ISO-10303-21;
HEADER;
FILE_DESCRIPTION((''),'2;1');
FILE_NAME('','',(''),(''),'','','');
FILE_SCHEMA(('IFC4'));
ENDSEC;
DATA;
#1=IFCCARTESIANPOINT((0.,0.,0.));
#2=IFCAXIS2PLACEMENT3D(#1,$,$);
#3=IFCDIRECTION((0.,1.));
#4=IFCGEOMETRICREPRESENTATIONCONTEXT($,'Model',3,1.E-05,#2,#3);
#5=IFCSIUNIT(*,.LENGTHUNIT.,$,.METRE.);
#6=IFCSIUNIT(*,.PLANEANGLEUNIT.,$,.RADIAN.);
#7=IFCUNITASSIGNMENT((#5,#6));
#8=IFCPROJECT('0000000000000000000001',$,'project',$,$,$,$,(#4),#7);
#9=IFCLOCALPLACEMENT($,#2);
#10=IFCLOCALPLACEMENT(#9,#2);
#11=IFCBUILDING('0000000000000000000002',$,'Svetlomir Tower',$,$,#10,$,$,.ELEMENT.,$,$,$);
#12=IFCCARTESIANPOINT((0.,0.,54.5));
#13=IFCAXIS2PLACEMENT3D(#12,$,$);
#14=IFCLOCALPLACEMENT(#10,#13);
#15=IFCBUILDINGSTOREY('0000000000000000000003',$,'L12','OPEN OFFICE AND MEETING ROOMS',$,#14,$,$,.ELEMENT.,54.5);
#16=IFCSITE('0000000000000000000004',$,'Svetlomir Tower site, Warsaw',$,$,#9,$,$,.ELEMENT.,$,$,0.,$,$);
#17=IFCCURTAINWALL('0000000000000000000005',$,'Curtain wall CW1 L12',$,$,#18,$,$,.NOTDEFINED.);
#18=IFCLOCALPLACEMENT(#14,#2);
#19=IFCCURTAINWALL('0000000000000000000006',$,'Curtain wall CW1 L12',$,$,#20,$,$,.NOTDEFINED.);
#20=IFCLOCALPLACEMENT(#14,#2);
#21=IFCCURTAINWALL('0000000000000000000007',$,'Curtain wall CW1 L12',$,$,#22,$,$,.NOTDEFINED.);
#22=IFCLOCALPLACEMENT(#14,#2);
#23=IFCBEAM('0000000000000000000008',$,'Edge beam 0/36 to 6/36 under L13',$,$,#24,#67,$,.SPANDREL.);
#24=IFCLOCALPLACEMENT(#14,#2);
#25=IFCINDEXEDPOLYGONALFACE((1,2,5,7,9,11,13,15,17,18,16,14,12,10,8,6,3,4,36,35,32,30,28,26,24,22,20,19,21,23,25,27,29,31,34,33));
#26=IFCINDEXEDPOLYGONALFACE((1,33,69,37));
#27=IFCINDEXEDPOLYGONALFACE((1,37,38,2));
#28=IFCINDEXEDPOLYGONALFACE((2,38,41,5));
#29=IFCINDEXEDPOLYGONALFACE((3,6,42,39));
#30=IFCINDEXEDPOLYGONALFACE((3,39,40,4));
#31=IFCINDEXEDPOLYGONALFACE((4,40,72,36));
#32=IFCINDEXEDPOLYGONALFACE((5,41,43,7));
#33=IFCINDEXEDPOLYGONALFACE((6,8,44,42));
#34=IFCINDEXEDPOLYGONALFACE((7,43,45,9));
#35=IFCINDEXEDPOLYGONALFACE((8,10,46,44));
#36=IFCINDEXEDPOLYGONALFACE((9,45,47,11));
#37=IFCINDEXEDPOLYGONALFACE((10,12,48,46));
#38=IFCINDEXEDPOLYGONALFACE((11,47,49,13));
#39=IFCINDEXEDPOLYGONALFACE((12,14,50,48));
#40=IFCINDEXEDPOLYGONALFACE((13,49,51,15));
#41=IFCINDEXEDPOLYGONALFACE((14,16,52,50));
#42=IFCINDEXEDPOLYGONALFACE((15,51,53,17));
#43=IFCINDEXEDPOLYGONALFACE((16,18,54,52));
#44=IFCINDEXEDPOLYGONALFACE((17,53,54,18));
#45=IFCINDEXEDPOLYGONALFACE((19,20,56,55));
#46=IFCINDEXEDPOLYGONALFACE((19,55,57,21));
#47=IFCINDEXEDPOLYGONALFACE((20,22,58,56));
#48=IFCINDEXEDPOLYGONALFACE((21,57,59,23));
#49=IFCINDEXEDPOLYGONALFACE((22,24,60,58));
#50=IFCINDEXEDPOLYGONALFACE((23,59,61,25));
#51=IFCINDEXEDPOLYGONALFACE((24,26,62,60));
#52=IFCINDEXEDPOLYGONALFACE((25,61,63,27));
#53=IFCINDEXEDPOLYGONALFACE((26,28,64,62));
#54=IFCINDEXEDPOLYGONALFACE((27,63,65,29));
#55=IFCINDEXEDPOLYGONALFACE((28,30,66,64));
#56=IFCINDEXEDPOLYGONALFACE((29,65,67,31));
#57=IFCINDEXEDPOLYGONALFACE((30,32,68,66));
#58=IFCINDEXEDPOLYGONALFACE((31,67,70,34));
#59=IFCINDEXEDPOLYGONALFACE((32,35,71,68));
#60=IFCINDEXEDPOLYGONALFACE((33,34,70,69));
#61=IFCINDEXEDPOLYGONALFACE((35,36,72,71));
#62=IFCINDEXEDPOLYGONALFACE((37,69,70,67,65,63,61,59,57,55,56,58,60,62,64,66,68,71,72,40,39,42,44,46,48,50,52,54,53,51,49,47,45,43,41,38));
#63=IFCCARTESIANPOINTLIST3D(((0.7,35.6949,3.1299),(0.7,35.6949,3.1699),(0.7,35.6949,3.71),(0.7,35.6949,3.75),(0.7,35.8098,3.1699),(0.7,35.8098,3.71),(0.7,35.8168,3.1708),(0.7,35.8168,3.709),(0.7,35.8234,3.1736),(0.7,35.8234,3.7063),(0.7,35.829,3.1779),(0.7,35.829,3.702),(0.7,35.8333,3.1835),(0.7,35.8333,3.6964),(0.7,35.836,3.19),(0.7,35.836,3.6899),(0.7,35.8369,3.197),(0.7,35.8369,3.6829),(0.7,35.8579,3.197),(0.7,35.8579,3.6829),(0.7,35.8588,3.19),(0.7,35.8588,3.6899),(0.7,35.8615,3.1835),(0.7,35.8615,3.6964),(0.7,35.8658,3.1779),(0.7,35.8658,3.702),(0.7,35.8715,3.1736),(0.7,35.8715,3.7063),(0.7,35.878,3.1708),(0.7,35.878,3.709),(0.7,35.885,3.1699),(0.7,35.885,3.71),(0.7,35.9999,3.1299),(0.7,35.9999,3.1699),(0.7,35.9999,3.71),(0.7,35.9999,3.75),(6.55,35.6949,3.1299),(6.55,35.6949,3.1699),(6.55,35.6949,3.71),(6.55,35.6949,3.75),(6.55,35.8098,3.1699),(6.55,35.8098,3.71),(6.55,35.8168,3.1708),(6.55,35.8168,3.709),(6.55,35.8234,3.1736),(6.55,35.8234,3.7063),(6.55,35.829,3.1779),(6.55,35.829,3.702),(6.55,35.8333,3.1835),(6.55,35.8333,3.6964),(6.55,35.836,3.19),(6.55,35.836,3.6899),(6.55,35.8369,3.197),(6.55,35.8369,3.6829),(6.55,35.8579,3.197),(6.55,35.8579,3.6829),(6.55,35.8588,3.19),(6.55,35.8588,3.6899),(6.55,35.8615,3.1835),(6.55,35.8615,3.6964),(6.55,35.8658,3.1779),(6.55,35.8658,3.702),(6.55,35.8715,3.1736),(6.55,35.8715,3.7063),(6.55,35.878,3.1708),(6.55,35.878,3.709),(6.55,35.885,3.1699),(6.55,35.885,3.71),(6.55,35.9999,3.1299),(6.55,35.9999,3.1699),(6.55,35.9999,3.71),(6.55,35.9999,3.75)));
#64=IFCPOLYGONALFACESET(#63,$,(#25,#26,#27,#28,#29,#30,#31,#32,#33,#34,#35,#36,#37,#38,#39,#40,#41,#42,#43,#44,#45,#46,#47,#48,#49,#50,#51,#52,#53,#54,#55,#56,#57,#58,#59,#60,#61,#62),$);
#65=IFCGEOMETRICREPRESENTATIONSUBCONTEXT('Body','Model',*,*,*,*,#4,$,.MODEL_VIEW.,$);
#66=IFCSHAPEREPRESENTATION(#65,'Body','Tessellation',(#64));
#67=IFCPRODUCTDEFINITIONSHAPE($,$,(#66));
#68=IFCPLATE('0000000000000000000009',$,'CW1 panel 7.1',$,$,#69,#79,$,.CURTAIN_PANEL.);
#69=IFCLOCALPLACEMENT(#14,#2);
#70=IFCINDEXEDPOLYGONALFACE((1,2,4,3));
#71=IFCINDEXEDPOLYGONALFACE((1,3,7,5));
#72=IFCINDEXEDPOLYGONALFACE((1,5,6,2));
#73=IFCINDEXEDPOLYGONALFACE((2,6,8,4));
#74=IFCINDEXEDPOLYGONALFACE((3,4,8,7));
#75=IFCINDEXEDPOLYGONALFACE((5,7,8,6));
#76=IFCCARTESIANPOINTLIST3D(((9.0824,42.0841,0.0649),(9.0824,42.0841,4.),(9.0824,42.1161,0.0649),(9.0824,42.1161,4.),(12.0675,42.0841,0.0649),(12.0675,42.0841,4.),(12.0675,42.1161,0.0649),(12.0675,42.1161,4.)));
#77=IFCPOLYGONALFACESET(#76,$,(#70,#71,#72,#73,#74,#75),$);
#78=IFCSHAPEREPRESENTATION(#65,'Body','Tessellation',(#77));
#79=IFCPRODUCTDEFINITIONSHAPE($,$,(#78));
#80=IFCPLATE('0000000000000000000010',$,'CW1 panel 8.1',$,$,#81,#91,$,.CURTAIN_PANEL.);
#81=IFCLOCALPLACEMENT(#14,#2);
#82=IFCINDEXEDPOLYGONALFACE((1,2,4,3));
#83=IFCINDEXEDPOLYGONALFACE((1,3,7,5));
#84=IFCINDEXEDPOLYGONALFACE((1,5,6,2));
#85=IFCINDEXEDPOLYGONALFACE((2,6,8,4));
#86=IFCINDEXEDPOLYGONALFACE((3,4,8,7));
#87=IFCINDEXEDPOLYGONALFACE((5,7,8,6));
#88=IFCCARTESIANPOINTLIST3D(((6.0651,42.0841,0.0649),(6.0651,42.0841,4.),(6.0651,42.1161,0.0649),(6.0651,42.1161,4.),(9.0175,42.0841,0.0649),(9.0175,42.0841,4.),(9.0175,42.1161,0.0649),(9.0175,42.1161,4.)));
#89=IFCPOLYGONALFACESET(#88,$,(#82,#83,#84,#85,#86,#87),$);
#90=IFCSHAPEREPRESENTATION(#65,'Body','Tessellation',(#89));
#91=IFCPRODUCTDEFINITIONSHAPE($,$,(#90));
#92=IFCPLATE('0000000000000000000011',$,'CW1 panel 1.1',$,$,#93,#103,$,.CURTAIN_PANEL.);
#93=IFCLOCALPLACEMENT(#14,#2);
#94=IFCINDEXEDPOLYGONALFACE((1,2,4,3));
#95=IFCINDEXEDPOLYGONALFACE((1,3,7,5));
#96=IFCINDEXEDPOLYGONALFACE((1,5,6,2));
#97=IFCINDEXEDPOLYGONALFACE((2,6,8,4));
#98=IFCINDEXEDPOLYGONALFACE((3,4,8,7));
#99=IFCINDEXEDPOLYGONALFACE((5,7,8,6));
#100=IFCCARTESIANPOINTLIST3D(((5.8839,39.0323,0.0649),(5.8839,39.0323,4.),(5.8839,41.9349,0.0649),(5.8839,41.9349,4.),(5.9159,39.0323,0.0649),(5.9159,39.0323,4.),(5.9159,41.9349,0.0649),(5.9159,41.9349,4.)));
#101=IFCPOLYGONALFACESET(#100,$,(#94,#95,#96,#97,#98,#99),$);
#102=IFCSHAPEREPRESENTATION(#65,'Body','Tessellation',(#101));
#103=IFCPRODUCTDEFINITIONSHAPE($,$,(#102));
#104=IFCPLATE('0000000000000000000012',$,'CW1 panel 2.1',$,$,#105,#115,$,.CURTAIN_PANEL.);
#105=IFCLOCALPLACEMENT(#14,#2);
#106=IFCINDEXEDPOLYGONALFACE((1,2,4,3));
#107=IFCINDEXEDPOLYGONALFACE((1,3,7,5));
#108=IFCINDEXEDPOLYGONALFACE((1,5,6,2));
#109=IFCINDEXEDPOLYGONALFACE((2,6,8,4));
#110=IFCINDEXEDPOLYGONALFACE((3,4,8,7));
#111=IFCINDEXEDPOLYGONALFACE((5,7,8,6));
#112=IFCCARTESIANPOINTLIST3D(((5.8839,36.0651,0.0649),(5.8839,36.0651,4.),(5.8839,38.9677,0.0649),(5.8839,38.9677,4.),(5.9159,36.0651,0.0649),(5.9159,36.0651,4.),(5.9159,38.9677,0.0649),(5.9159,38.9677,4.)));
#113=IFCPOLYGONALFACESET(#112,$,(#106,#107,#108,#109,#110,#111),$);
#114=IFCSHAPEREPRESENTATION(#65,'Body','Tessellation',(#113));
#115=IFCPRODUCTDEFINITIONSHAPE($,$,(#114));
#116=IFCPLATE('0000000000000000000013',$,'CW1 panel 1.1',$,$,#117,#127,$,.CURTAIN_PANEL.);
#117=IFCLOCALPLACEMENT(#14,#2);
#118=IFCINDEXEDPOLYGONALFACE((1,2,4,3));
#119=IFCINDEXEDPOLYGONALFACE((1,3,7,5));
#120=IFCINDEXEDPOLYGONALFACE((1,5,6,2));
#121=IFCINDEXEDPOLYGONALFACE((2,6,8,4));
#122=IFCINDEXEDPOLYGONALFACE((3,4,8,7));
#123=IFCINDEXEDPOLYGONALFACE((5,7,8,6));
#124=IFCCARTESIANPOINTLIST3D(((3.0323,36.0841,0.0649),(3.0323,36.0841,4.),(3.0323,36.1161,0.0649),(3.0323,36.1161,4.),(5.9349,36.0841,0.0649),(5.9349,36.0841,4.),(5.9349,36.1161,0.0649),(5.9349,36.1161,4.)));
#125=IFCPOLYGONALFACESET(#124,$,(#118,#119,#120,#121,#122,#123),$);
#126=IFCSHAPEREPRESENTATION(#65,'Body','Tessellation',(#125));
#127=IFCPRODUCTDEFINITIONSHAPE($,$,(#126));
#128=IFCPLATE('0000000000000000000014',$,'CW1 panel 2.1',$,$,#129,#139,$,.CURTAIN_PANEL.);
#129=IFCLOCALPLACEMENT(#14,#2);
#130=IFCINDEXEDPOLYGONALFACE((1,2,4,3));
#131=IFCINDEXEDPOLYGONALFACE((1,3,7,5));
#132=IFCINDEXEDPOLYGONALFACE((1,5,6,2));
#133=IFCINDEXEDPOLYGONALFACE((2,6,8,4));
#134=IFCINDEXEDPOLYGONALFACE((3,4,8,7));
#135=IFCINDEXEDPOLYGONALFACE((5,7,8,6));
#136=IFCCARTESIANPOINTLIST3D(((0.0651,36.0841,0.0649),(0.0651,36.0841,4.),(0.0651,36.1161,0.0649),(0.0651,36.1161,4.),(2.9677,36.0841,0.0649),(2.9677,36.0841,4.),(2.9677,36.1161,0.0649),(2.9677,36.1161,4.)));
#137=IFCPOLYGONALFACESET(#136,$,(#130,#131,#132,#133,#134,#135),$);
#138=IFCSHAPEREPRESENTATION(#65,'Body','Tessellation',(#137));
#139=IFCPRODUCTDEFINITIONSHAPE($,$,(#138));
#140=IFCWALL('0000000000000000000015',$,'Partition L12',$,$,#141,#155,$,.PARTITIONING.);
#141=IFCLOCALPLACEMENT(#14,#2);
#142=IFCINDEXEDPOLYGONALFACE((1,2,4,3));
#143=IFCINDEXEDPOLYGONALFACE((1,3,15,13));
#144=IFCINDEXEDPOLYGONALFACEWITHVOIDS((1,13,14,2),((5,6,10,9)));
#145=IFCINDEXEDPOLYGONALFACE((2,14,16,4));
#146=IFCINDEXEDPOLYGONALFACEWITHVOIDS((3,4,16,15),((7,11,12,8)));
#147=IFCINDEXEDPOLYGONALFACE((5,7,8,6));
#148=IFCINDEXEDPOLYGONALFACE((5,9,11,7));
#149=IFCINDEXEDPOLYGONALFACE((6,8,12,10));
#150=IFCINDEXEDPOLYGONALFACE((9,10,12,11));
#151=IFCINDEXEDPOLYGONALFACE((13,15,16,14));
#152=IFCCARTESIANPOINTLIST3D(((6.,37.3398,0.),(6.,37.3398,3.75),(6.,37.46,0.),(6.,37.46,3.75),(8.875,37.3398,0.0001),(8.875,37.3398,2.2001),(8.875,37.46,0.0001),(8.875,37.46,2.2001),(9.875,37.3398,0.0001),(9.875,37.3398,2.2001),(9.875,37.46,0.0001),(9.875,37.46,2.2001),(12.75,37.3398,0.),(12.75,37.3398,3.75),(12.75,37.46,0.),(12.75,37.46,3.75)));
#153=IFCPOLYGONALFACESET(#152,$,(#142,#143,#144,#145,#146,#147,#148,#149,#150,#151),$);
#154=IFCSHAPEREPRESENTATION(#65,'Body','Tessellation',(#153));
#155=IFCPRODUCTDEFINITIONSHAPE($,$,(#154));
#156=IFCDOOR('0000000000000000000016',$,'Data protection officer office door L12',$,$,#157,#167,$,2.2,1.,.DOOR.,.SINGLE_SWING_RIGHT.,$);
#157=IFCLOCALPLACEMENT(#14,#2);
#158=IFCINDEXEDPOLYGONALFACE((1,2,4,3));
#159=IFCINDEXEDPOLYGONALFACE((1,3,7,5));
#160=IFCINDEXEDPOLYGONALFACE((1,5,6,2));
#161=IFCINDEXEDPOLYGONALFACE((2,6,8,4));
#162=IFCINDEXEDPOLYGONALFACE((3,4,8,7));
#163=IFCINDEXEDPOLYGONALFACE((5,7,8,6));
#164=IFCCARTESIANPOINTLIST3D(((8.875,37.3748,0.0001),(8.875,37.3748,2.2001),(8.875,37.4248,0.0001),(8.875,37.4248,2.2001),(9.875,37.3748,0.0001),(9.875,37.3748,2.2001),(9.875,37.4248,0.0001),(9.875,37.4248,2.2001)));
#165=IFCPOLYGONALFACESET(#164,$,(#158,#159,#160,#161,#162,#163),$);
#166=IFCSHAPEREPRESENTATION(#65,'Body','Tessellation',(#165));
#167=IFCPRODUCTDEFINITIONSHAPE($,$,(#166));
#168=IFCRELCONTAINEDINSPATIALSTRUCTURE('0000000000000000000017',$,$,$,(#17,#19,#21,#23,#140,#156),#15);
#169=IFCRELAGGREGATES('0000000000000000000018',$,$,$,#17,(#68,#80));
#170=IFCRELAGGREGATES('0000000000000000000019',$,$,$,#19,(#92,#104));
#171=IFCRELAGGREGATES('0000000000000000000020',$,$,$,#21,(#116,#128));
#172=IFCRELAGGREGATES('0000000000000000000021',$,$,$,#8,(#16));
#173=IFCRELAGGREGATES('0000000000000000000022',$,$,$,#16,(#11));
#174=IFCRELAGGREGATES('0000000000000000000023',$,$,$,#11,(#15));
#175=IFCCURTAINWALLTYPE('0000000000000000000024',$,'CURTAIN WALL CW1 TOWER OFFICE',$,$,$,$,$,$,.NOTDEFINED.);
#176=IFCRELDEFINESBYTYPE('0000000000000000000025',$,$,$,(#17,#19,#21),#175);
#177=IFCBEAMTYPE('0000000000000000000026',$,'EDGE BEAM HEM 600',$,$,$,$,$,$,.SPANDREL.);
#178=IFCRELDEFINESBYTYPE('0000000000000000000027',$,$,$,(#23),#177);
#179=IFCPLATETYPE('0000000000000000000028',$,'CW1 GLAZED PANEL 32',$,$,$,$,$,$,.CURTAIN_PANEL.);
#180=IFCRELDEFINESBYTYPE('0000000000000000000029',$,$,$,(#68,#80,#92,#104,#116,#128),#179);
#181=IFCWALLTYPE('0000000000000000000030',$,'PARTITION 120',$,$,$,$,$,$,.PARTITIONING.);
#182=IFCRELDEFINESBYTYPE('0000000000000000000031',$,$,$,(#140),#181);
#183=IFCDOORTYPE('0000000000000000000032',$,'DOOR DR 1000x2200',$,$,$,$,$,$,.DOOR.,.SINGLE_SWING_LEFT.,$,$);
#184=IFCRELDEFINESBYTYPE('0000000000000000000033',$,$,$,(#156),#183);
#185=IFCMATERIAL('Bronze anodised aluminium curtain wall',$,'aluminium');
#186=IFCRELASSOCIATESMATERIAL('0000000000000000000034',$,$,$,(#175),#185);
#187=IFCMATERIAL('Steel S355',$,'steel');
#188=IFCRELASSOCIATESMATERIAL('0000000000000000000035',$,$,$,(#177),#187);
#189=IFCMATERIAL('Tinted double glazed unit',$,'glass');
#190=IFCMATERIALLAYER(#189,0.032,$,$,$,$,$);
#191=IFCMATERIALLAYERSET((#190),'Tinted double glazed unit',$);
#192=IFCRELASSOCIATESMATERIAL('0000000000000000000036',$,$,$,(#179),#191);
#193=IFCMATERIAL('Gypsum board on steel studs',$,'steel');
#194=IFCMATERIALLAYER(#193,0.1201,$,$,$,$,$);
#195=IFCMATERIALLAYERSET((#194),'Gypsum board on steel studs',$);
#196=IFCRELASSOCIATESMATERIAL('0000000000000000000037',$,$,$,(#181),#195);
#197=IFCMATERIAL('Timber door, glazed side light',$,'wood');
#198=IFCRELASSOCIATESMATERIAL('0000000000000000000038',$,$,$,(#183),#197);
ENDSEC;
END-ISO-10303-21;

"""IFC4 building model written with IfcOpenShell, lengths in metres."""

from ifc_helpers import new_model, si_unit, direction, frame, frame_2d, origin, origin_2d, place, context, subcontext, project, spatial, rectangle, i_section, extrude, material, layer, layer_set, material_profile, profile_set, type_object, element, fill, aggregate, save


model = new_model("IFC4")

# Units and contexts
model_context = context("Model", 3, precision=1e-05, world=origin(), true_north=direction((0.0, 1.0)))
body_context = subcontext(model_context, "Body", "Model", "MODEL_VIEW")
ifc_project = project(units=[si_unit("LENGTHUNIT", "METRE"), si_unit("PLANEANGLEUNIT", "RADIAN")], contexts=[model_context])

# Site, building, storey
site_placement = place(None, origin())
site = spatial("IfcSite", under=ifc_project, at=site_placement, Name="Svetlomir Tower site, Warsaw", CompositionType="ELEMENT", RefElevation=0.0)
building_placement = place(site_placement, origin())
building = spatial("IfcBuilding", under=site, at=building_placement, Name="Svetlomir Tower", CompositionType="ELEMENT")
storey_placement = place(building_placement, frame((0.0, 0.0, 54.5)))
storey = spatial("IfcBuildingStorey", under=building, at=storey_placement, Name="L12", Description="OPEN OFFICE AND MEETING ROOMS", CompositionType="ELEMENT", Elevation=54.5)

# Curtain walls
ifc_material_1 = material(Name="Bronze anodised aluminium curtain wall", Category="aluminium")
curtain_wall_type = type_object("IfcCurtainWallType", Name="CURTAIN WALL CW1 TOWER OFFICE", PredefinedType="NOTDEFINED", material=ifc_material_1)
curtain_wall_1_placement = place(storey_placement, origin())
curtain_wall_1 = element("IfcCurtainWall", 1, at=curtain_wall_1_placement, inside=storey, type_object=curtain_wall_type, Name="Curtain wall CW1 L12", PredefinedType="NOTDEFINED")
curtain_wall_2_placement = place(storey_placement, origin())
curtain_wall_2 = element("IfcCurtainWall", 2, at=curtain_wall_2_placement, inside=storey, type_object=curtain_wall_type, Name="Curtain wall CW1 L12", PredefinedType="NOTDEFINED")
curtain_wall_3_placement = place(storey_placement, origin())
curtain_wall_3 = element("IfcCurtainWall", 3, at=curtain_wall_3_placement, inside=storey, type_object=curtain_wall_type, Name="Curtain wall CW1 L12", PredefinedType="NOTDEFINED")

# Beam
ifc_material_2 = material(Name="Steel S355", Category="steel")
ifc_material_profile_1 = material_profile(ifc_material_2, i_section(OverallWidth=0.3049, OverallDepth=0.6201, WebThickness=0.021, FlangeThickness=0.04, FilletRadius=0.0271, at=origin_2d()), Name="HEM 600")
ifc_profile_set_1 = profile_set([ifc_material_profile_1], Name="Steel S355")
beam_type = type_object("IfcBeamType", Name="EDGE BEAM HEM 600", PredefinedType="SPANDREL", material=ifc_profile_set_1)
for number, where, z_axis, x_axis, name in (
    (4, (0.7, 35.8474, 3.4399), (1.0, 0.0, 0.0), (0.0, 1.0, 0.0), "Edge beam 0/36 to 6/36 under L13"),
):
    element("IfcBeam", number, at=place(storey_placement, frame(where, z_axis=z_axis, x_axis=x_axis)), inside=storey, type_object=beam_type, Name=name, PredefinedType="SPANDREL", context=body_context, shape_type="SweptSolid", body=[
        extrude(i_section(OverallWidth=0.3049, OverallDepth=0.6201, WebThickness=0.021, FlangeThickness=0.04, FilletRadius=0.0271, at=origin_2d()), origin(), (0.0, 0.0, 1.0), 5.8501),
    ])

# Plates
ifc_material_3 = material(Name="Tinted double glazed unit", Category="glass")
ifc_layer_1 = layer(ifc_material_3, 0.032)
ifc_layer_set_1 = layer_set([ifc_layer_1], Name="Tinted double glazed unit")
plate_type = type_object("IfcPlateType", Name="CW1 GLAZED PANEL 32", PredefinedType="CURTAIN_PANEL", material=ifc_layer_set_1)
plate_1_placement = place(storey_placement, frame((10.575, 42.1001, 0.0649), z_axis=(0.0, 0.0, 1.0), x_axis=(-1.0, 0.0, 0.0)))
plate_1 = element("IfcPlate", 5, at=plate_1_placement, type_object=plate_type, Name="CW1 panel 7.1", PredefinedType="CURTAIN_PANEL", context=body_context, shape_type="SweptSolid", body=[
    extrude(rectangle(XDim=2.9851, YDim=0.032, at=origin_2d()), origin(), (0.0, 0.0, 1.0), 3.9351),
])
plate_2_placement = place(storey_placement, frame((7.5413, 42.1001, 0.0649), z_axis=(0.0, 0.0, 1.0), x_axis=(-1.0, 0.0, 0.0)))
plate_2 = element("IfcPlate", 6, at=plate_2_placement, type_object=plate_type, Name="CW1 panel 8.1", PredefinedType="CURTAIN_PANEL", context=body_context, shape_type="SweptSolid", body=[
    extrude(rectangle(XDim=2.9524, YDim=0.032, at=origin_2d()), origin(), (0.0, 0.0, 1.0), 3.9351),
])
aggregate(curtain_wall_1, [plate_1, plate_2])
plate_3_placement = place(storey_placement, frame((5.8999, 40.4836, 0.0649), z_axis=(0.0, 0.0, 1.0), x_axis=(0.0, -1.0, 0.0)))
plate_3 = element("IfcPlate", 7, at=plate_3_placement, type_object=plate_type, Name="CW1 panel 1.1", PredefinedType="CURTAIN_PANEL", context=body_context, shape_type="SweptSolid", body=[
    extrude(rectangle(XDim=2.9026, YDim=0.032, at=origin_2d()), origin(), (0.0, 0.0, 1.0), 3.9351),
])
plate_4_placement = place(storey_placement, frame((5.8999, 37.5164, 0.0649), z_axis=(0.0, 0.0, 1.0), x_axis=(0.0, -1.0, 0.0)))
plate_4 = element("IfcPlate", 8, at=plate_4_placement, type_object=plate_type, Name="CW1 panel 2.1", PredefinedType="CURTAIN_PANEL", context=body_context, shape_type="SweptSolid", body=[
    extrude(rectangle(XDim=2.9026, YDim=0.032, at=origin_2d()), origin(), (0.0, 0.0, 1.0), 3.9351),
])
aggregate(curtain_wall_2, [plate_3, plate_4])
plate_5_placement = place(storey_placement, frame((4.4836, 36.1001, 0.0649), z_axis=(0.0, 0.0, 1.0), x_axis=(-1.0, 0.0, 0.0)))
plate_5 = element("IfcPlate", 9, at=plate_5_placement, type_object=plate_type, Name="CW1 panel 1.1", PredefinedType="CURTAIN_PANEL", context=body_context, shape_type="SweptSolid", body=[
    extrude(rectangle(XDim=2.9026, YDim=0.032, at=origin_2d()), origin(), (0.0, 0.0, 1.0), 3.9351),
])
plate_6_placement = place(storey_placement, frame((1.5164, 36.1001, 0.0649), z_axis=(0.0, 0.0, 1.0), x_axis=(-1.0, 0.0, 0.0)))
plate_6 = element("IfcPlate", 10, at=plate_6_placement, type_object=plate_type, Name="CW1 panel 2.1", PredefinedType="CURTAIN_PANEL", context=body_context, shape_type="SweptSolid", body=[
    extrude(rectangle(XDim=2.9026, YDim=0.032, at=origin_2d()), origin(), (0.0, 0.0, 1.0), 3.9351),
])
aggregate(curtain_wall_3, [plate_5, plate_6])

# Wall, opening, door
ifc_material_4 = material(Name="Gypsum board on steel studs", Category="steel")
ifc_layer_2 = layer(ifc_material_4, 0.1201)
ifc_layer_set_2 = layer_set([ifc_layer_2], Name="Gypsum board on steel studs")
wall_type = type_object("IfcWallType", Name="PARTITION 120", PredefinedType="PARTITIONING", material=ifc_layer_set_2)
wall_placement = place(storey_placement, frame((6.0, 37.3999, 0.0), z_axis=(0.0, 0.0, 1.0), x_axis=(1.0, 0.0, 0.0)))
wall = element("IfcWall", 11, at=wall_placement, inside=storey, type_object=wall_type, Name="Partition L12", PredefinedType="PARTITIONING", context=body_context, shape_type="SweptSolid", body=[
    extrude(rectangle(XDim=6.75, YDim=0.1201, at=frame_2d((3.375, 0.0))), origin(), (0.0, 0.0, 1.0), 3.75),
])
opening_placement = place(wall_placement, frame((2.875, 0.0, 0.0)))
opening = element("IfcOpeningElement", 12, at=opening_placement, cuts=wall, PredefinedType="OPENING", context=body_context, shape_type="SweptSolid", body=[
    extrude(rectangle(XDim=1.0, YDim=2.2, at=frame_2d((0.5, 1.1001))), frame((0.0, 0.0701, 0.0), z_axis=(0.0, -1.0, 0.0), x_axis=(1.0, 0.0, 0.0)), (0.0, 0.0, 1.0), 0.1401),
])
ifc_material_5 = material(Name="Timber door, glazed side light", Category="wood")
door_type = type_object("IfcDoorType", Name="DOOR DR 1000x2200", OperationType="SINGLE_SWING_LEFT", PredefinedType="DOOR", material=ifc_material_5)
door_placement = place(opening_placement, origin())
door = element("IfcDoor", 13, at=door_placement, inside=storey, type_object=door_type, Name="Data protection officer office door L12", OperationType="SINGLE_SWING_RIGHT", OverallHeight=2.2, OverallWidth=1.0, PredefinedType="DOOR", context=body_context, shape_type="SweptSolid", body=[
    extrude(rectangle(XDim=1.0, YDim=2.2, at=frame_2d((0.5, 1.1001))), frame((0.0, 0.0249, 0.0), z_axis=(0.0, -1.0, 0.0), x_axis=(1.0, 0.0, 0.0)), (0.0, 0.0, 1.0), 0.05),
])
fill(opening, door)

save(model, "model.ifc")
